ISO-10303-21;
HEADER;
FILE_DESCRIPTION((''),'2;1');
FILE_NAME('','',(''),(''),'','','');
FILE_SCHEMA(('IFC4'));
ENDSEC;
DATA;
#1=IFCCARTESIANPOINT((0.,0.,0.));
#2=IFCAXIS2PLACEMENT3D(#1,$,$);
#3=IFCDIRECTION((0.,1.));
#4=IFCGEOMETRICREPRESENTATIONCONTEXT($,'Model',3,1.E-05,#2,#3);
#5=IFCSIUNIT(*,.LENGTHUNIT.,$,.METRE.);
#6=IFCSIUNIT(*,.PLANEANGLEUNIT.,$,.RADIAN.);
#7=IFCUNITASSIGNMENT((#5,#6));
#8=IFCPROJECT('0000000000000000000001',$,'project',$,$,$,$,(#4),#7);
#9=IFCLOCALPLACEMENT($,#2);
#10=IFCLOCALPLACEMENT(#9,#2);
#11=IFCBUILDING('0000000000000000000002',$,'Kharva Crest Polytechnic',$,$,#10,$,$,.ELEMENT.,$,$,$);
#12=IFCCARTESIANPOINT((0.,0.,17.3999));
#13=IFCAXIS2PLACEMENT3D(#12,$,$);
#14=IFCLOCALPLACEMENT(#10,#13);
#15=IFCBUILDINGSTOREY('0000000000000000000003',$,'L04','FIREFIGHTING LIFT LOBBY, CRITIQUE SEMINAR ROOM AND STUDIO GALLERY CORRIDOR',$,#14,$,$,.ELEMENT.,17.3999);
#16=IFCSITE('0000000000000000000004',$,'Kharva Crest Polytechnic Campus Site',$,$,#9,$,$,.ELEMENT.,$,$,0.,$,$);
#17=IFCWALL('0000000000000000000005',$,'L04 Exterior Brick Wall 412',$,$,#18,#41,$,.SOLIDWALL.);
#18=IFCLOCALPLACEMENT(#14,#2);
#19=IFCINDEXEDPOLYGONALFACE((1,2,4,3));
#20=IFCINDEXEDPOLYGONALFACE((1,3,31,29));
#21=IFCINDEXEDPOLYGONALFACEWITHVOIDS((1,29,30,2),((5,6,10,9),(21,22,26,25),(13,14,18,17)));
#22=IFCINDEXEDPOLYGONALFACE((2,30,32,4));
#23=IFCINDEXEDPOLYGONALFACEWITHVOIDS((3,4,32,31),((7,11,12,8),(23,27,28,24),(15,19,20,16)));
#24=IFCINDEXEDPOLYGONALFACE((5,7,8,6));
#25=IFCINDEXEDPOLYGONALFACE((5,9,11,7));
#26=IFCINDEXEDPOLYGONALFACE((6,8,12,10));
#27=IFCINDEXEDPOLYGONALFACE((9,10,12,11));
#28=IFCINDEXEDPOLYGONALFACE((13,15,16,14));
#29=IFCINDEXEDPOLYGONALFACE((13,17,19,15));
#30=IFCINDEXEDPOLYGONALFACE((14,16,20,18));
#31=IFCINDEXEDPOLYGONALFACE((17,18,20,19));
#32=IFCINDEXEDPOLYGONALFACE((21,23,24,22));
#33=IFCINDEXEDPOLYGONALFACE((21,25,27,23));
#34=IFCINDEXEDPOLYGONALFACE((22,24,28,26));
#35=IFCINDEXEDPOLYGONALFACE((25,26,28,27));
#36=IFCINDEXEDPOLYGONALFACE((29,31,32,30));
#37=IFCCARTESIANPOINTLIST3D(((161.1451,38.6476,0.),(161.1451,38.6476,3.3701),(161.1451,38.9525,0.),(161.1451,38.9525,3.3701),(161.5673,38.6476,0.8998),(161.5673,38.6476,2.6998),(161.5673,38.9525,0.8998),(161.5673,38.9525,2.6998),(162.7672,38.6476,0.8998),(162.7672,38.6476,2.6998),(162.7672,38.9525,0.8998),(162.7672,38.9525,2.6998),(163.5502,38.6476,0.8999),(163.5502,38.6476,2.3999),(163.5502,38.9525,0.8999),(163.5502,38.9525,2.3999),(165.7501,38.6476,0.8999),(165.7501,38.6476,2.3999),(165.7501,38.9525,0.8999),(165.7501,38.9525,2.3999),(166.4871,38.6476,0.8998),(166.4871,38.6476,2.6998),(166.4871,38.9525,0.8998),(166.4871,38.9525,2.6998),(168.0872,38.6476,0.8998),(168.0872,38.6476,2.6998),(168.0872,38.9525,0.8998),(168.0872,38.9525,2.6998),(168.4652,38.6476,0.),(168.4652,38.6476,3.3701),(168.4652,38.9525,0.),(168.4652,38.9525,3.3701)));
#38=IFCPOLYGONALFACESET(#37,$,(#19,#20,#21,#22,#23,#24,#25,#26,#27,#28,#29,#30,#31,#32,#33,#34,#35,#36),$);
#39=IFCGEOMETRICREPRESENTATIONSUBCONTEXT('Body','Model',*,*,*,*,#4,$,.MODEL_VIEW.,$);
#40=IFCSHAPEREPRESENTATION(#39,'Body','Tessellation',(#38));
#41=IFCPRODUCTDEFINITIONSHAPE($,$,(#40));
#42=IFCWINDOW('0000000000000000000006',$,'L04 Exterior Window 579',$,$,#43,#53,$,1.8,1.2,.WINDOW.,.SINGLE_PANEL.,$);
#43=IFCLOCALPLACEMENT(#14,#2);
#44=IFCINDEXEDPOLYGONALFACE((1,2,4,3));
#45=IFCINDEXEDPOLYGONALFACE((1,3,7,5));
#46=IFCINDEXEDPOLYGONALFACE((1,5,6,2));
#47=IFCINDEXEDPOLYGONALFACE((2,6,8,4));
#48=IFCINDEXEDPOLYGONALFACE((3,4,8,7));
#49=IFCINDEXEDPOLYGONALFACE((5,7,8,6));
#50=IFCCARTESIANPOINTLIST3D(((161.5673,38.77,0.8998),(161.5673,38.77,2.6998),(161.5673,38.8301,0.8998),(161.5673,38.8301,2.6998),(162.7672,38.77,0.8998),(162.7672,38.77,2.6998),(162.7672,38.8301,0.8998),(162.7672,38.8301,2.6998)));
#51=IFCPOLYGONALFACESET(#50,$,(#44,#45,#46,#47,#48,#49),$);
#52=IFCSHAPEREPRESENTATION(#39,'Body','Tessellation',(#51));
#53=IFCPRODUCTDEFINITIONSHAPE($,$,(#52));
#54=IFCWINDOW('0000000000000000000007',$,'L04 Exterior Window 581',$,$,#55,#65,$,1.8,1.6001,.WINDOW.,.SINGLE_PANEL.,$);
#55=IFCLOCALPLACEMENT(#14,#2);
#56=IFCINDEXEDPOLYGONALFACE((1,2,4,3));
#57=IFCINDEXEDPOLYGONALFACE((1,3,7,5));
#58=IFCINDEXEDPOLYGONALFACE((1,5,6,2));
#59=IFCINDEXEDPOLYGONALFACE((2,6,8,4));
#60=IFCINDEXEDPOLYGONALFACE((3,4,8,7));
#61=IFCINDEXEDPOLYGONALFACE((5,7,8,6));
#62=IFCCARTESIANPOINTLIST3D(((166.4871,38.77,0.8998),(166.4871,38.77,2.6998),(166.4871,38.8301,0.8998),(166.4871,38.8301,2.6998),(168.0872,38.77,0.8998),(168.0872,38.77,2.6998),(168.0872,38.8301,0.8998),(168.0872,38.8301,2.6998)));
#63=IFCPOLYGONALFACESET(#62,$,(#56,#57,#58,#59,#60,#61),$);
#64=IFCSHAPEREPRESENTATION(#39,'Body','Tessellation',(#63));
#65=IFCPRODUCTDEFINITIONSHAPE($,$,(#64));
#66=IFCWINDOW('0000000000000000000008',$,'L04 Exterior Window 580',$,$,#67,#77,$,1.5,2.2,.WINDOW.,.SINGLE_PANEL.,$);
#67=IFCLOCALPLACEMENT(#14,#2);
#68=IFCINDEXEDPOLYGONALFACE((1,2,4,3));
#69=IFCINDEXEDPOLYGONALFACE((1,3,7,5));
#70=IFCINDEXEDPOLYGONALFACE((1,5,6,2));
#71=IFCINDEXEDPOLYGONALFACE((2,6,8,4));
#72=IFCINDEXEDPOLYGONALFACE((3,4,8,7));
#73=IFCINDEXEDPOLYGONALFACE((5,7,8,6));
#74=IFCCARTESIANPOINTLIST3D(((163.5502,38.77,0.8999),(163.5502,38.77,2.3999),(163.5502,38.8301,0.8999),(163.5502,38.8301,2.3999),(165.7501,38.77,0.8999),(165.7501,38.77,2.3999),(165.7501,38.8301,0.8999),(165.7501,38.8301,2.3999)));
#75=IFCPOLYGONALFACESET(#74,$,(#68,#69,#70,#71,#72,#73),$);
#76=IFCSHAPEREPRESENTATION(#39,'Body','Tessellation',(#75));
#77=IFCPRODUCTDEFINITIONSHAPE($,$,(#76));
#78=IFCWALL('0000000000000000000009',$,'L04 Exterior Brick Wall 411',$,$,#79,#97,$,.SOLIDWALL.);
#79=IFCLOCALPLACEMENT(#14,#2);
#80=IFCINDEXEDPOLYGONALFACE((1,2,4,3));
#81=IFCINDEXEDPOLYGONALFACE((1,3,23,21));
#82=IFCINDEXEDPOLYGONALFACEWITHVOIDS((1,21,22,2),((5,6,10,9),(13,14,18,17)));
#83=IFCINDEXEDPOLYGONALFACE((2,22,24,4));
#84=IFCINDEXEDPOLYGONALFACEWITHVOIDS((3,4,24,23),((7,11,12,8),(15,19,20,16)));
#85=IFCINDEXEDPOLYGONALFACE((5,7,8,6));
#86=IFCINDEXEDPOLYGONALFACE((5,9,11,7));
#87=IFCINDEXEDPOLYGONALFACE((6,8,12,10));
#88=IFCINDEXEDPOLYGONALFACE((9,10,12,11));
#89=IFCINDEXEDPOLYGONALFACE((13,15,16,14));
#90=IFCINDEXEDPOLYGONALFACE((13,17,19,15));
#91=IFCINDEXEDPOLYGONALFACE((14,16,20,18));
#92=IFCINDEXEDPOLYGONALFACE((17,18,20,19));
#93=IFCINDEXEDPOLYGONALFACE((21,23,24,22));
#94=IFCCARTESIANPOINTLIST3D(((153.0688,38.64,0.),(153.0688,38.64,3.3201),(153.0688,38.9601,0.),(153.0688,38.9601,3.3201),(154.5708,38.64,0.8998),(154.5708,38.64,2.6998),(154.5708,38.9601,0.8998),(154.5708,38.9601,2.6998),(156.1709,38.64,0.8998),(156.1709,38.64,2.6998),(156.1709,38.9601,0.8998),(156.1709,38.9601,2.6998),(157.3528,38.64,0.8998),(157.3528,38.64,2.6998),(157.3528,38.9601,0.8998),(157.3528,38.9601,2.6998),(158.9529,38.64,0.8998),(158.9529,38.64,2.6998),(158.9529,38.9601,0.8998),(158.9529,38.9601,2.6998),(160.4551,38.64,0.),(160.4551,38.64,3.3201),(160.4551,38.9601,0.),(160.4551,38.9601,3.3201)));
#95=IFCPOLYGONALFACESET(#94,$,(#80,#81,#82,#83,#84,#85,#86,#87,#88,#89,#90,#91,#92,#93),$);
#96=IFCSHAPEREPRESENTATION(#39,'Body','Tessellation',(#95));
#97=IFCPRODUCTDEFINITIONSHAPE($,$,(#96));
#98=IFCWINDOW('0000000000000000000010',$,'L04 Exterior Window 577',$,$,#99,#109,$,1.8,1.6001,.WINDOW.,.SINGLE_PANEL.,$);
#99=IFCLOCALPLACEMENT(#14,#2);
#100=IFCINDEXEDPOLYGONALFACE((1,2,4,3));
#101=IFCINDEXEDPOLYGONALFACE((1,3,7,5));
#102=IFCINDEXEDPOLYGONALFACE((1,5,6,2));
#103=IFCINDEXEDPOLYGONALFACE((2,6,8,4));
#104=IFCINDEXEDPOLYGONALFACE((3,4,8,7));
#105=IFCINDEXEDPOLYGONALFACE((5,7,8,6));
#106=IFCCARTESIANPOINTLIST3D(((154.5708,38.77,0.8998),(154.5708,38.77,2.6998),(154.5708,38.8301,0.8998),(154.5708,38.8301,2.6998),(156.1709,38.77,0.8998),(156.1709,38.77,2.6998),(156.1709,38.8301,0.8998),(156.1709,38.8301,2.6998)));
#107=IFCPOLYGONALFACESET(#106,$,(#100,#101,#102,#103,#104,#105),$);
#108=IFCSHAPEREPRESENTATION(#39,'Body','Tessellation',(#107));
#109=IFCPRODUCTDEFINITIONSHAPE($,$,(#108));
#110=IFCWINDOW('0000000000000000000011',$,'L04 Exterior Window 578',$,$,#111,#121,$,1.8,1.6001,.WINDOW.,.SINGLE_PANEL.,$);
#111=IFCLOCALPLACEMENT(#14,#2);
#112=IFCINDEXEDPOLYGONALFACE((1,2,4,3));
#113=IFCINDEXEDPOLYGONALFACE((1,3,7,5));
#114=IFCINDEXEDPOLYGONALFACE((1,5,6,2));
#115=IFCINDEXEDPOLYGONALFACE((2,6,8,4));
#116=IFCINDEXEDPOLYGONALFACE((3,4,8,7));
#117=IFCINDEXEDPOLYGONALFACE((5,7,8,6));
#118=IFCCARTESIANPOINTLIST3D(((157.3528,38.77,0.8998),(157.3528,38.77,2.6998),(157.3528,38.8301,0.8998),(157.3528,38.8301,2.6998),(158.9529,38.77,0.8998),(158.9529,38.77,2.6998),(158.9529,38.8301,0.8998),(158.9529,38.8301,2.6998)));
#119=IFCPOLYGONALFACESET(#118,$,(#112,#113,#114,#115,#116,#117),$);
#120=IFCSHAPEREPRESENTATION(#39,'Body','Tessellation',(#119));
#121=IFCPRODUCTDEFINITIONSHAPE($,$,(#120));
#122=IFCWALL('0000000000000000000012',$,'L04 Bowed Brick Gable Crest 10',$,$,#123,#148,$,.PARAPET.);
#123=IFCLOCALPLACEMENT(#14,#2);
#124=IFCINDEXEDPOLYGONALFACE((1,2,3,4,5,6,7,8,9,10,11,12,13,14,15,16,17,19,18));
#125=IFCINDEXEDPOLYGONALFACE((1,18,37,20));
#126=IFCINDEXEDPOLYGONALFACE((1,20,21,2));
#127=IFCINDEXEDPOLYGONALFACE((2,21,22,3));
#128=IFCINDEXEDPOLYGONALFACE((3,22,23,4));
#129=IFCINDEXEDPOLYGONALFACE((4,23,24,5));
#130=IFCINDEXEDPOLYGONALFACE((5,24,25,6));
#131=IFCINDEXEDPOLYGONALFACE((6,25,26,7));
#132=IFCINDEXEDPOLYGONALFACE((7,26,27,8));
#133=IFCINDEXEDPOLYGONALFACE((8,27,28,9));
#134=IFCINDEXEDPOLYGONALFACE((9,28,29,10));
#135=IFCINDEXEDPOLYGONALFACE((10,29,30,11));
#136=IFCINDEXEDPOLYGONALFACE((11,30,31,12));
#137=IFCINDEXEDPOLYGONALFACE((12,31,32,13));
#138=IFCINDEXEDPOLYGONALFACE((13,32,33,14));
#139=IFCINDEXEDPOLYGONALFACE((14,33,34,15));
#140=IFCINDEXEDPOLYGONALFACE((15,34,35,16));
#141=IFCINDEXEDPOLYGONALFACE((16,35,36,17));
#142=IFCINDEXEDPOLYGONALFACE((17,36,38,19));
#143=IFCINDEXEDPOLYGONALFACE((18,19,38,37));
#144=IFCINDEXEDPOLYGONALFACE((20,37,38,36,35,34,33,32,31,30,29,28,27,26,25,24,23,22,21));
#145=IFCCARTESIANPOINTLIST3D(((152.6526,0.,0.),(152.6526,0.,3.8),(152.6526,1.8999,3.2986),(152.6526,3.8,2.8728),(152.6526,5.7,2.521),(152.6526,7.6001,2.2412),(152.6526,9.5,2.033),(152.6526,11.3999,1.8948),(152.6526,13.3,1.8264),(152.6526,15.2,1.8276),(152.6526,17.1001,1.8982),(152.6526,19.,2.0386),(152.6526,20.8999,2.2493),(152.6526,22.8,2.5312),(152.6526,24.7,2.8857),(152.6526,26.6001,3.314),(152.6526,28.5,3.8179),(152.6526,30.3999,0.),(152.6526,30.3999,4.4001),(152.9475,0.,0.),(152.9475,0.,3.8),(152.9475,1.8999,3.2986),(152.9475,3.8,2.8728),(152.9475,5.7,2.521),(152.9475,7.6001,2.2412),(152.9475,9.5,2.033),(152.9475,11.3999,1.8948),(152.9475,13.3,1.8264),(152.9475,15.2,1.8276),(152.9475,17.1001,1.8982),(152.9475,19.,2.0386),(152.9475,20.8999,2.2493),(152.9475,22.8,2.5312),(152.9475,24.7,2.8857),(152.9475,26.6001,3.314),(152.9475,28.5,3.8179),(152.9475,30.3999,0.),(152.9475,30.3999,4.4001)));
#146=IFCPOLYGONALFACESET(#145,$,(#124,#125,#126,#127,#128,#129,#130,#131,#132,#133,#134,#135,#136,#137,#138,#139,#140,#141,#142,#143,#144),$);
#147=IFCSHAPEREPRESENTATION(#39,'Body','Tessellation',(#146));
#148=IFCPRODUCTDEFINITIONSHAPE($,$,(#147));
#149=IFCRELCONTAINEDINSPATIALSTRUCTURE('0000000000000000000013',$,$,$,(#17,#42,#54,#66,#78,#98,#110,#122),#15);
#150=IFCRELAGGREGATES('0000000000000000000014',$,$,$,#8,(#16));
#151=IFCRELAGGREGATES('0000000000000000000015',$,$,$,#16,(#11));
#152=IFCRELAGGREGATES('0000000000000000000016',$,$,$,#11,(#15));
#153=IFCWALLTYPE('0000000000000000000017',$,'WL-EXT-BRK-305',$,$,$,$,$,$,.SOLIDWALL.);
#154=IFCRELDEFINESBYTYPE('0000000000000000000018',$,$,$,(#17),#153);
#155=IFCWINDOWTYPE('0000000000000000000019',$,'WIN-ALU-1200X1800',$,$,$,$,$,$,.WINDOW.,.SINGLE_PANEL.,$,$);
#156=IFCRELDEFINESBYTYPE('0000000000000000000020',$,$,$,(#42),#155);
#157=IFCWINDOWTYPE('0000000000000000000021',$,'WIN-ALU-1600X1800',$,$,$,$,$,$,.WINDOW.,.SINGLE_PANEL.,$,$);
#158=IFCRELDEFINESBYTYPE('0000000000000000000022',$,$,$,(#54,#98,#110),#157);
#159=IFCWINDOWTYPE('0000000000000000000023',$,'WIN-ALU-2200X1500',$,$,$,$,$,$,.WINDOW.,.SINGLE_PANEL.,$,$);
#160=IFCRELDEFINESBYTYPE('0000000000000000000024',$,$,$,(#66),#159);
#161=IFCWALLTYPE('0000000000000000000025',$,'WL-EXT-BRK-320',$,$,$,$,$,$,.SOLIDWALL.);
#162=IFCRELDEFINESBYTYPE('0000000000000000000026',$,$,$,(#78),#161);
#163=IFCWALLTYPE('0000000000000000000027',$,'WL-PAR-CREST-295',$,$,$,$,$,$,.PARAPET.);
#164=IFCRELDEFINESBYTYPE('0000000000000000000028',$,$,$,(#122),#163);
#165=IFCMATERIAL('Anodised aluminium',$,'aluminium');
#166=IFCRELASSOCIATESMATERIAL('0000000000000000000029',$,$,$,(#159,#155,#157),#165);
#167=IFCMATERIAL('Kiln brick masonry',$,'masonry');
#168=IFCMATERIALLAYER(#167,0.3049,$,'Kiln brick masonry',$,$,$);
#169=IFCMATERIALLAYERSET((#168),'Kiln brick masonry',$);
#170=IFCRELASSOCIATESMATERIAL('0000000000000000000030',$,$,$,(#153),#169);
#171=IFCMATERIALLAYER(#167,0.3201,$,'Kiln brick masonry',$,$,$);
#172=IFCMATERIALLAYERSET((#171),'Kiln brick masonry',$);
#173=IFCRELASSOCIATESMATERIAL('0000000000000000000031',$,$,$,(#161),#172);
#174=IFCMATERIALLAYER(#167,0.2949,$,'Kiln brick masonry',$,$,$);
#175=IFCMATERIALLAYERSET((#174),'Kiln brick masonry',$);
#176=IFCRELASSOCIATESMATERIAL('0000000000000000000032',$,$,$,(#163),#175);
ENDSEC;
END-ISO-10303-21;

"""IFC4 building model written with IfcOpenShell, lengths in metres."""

from ifc_helpers import new_model, si_unit, direction, frame, frame_2d, origin, place, context, subcontext, project, spatial, polyline, rectangle, outline, extrude, material, layer, layer_set, type_object, element, fill, save


model = new_model("IFC4")

# Units and contexts
model_context = context("Model", 3, precision=1e-05, world=origin(), true_north=direction((0.0, 1.0)))
body_context = subcontext(model_context, "Body", "Model", "MODEL_VIEW")
ifc_project = project(units=[si_unit("LENGTHUNIT", "METRE"), si_unit("PLANEANGLEUNIT", "RADIAN")], contexts=[model_context])

# Site, building, storey
site_placement = place(None, origin())
site = spatial("IfcSite", under=ifc_project, at=site_placement, Name="Kharva Crest Polytechnic Campus Site", CompositionType="ELEMENT", RefElevation=0.0)
building_placement = place(site_placement, origin())
building = spatial("IfcBuilding", under=site, at=building_placement, Name="Kharva Crest Polytechnic", CompositionType="ELEMENT")
storey_placement = place(building_placement, frame((0.0, 0.0, 17.3999)))
storey = spatial("IfcBuildingStorey", under=building, at=storey_placement, Name="L04", Description="FIREFIGHTING LIFT LOBBY, CRITIQUE SEMINAR ROOM AND STUDIO GALLERY CORRIDOR", CompositionType="ELEMENT", Elevation=17.3999)

# Walls, openings, windows
ifc_material_1 = material(Name="Kiln brick masonry", Category="masonry")
ifc_material_2 = material(Name="Anodised aluminium", Category="aluminium")
window_type_1 = type_object("IfcWindowType", Name="WIN-ALU-2200X1500", PartitioningType="SINGLE_PANEL", PredefinedType="WINDOW", material=ifc_material_2)
ifc_layer_1 = layer(ifc_material_1, 0.3049, Name="Kiln brick masonry")
ifc_layer_set_1 = layer_set([ifc_layer_1], Name="Kiln brick masonry")
wall_type_1 = type_object("IfcWallType", Name="WL-EXT-BRK-305", PredefinedType="SOLIDWALL", material=ifc_layer_set_1)
wall_1_placement = place(storey_placement, frame((161.145, 38.8, 0.0), z_axis=(0.0, 0.0, 1.0), x_axis=(1.0, 0.0, 0.0)))
wall_1 = element("IfcWall", 1, at=wall_1_placement, inside=storey, type_object=wall_type_1, Name="L04 Exterior Brick Wall 412", PredefinedType="SOLIDWALL", context=body_context, shape_type="SweptSolid", body=[
    extrude(rectangle(XDim=7.3201, YDim=0.3049, at=frame_2d((3.6602, 0.0))), origin(), (0.0, 0.0, 1.0), 3.3701),
])
opening_1_placement = place(wall_1_placement, frame((0.4221, 0.0, 0.8999)))
opening_1 = element("IfcOpeningElement", 2, at=opening_1_placement, cuts=wall_1, PredefinedType="OPENING", context=body_context, shape_type="SweptSolid", body=[
    extrude(rectangle(XDim=1.2, YDim=1.8, at=frame_2d((0.6001, 0.8999))), frame((0.0, 0.1624, 0.0), z_axis=(0.0, -1.0, 0.0), x_axis=(1.0, 0.0, 0.0)), (0.0, 0.0, 1.0), 0.325),
])
opening_2_placement = place(wall_1_placement, frame((2.405, 0.0, 0.8999)))
opening_2 = element("IfcOpeningElement", 3, at=opening_2_placement, cuts=wall_1, PredefinedType="OPENING", context=body_context, shape_type="SweptSolid", body=[
    extrude(rectangle(XDim=2.2, YDim=1.5, at=frame_2d((1.1001, 0.75))), frame((0.0, 0.1624, 0.0), z_axis=(0.0, -1.0, 0.0), x_axis=(1.0, 0.0, 0.0)), (0.0, 0.0, 1.0), 0.325),
])
opening_3_placement = place(wall_1_placement, frame((5.342, 0.0, 0.8999)))
opening_3 = element("IfcOpeningElement", 4, at=opening_3_placement, cuts=wall_1, PredefinedType="OPENING", context=body_context, shape_type="SweptSolid", body=[
    extrude(rectangle(XDim=1.6001, YDim=1.8, at=frame_2d((0.8, 0.8999))), frame((0.0, 0.1624, 0.0), z_axis=(0.0, -1.0, 0.0), x_axis=(1.0, 0.0, 0.0)), (0.0, 0.0, 1.0), 0.325),
])
window_type_2 = type_object("IfcWindowType", Name="WIN-ALU-1200X1800", PartitioningType="SINGLE_PANEL", PredefinedType="WINDOW", material=ifc_material_2)
window_1_placement = place(opening_1_placement, origin())
window_1 = element("IfcWindow", 5, at=window_1_placement, inside=storey, type_object=window_type_2, Name="L04 Exterior Window 579", OverallHeight=1.8, OverallWidth=1.2, PartitioningType="SINGLE_PANEL", PredefinedType="WINDOW", context=body_context, shape_type="SweptSolid", body=[
    extrude(rectangle(XDim=1.2, YDim=1.8, at=frame_2d((0.6001, 0.8999))), frame((0.0, 0.03, 0.0), z_axis=(0.0, -1.0, 0.0), x_axis=(1.0, 0.0, 0.0)), (0.0, 0.0, 1.0), 0.0601),
])
fill(opening_1, window_1)
window_type_3 = type_object("IfcWindowType", Name="WIN-ALU-1600X1800", PartitioningType="SINGLE_PANEL", PredefinedType="WINDOW", material=ifc_material_2)
window_2_placement = place(opening_3_placement, origin())
window_2 = element("IfcWindow", 6, at=window_2_placement, inside=storey, type_object=window_type_3, Name="L04 Exterior Window 581", OverallHeight=1.8, OverallWidth=1.6001, PartitioningType="SINGLE_PANEL", PredefinedType="WINDOW", context=body_context, shape_type="SweptSolid", body=[
    extrude(rectangle(XDim=1.6001, YDim=1.8, at=frame_2d((0.8, 0.8999))), frame((0.0, 0.03, 0.0), z_axis=(0.0, -1.0, 0.0), x_axis=(1.0, 0.0, 0.0)), (0.0, 0.0, 1.0), 0.0601),
])
fill(opening_3, window_2)
window_3_placement = place(opening_2_placement, origin())
window_3 = element("IfcWindow", 7, at=window_3_placement, inside=storey, type_object=window_type_1, Name="L04 Exterior Window 580", OverallHeight=1.5, OverallWidth=2.2, PartitioningType="SINGLE_PANEL", PredefinedType="WINDOW", context=body_context, shape_type="SweptSolid", body=[
    extrude(rectangle(XDim=2.2, YDim=1.5, at=frame_2d((1.1001, 0.75))), frame((0.0, 0.03, 0.0), z_axis=(0.0, -1.0, 0.0), x_axis=(1.0, 0.0, 0.0)), (0.0, 0.0, 1.0), 0.0601),
])
fill(opening_2, window_3)
ifc_layer_2 = layer(ifc_material_1, 0.3201, Name="Kiln brick masonry")
ifc_layer_set_2 = layer_set([ifc_layer_2], Name="Kiln brick masonry")
wall_type_2 = type_object("IfcWallType", Name="WL-EXT-BRK-320", PredefinedType="SOLIDWALL", material=ifc_layer_set_2)
wall_2_placement = place(storey_placement, frame((153.0688, 38.8, 0.0), z_axis=(0.0, 0.0, 1.0), x_axis=(1.0, 0.0, 0.0)))
wall_2 = element("IfcWall", 8, at=wall_2_placement, inside=storey, type_object=wall_type_2, Name="L04 Exterior Brick Wall 411", PredefinedType="SOLIDWALL", context=body_context, shape_type="SweptSolid", body=[
    extrude(rectangle(XDim=7.3862, YDim=0.3201, at=frame_2d((3.6931, 0.0))), origin(), (0.0, 0.0, 1.0), 3.3201),
])
opening_4_placement = place(wall_2_placement, frame((1.502, 0.0, 0.8999)))
opening_4 = element("IfcOpeningElement", 9, at=opening_4_placement, cuts=wall_2, PredefinedType="OPENING", context=body_context, shape_type="SweptSolid", body=[
    extrude(rectangle(XDim=1.6001, YDim=1.8, at=frame_2d((0.8, 0.8999))), frame((0.0, 0.1699, 0.0), z_axis=(0.0, -1.0, 0.0), x_axis=(1.0, 0.0, 0.0)), (0.0, 0.0, 1.0), 0.3401),
])
opening_5_placement = place(wall_2_placement, frame((4.2839, 0.0, 0.8999)))
opening_5 = element("IfcOpeningElement", 10, at=opening_5_placement, cuts=wall_2, PredefinedType="OPENING", context=body_context, shape_type="SweptSolid", body=[
    extrude(rectangle(XDim=1.6001, YDim=1.8, at=frame_2d((0.8, 0.8999))), frame((0.0, 0.1699, 0.0), z_axis=(0.0, -1.0, 0.0), x_axis=(1.0, 0.0, 0.0)), (0.0, 0.0, 1.0), 0.3401),
])
window_4_placement = place(opening_4_placement, origin())
window_4 = element("IfcWindow", 11, at=window_4_placement, inside=storey, type_object=window_type_3, Name="L04 Exterior Window 577", OverallHeight=1.8, OverallWidth=1.6001, PartitioningType="SINGLE_PANEL", PredefinedType="WINDOW", context=body_context, shape_type="SweptSolid", body=[
    extrude(rectangle(XDim=1.6001, YDim=1.8, at=frame_2d((0.8, 0.8999))), frame((0.0, 0.03, 0.0), z_axis=(0.0, -1.0, 0.0), x_axis=(1.0, 0.0, 0.0)), (0.0, 0.0, 1.0), 0.0601),
])
fill(opening_4, window_4)
window_5_placement = place(opening_5_placement, origin())
window_5 = element("IfcWindow", 12, at=window_5_placement, inside=storey, type_object=window_type_3, Name="L04 Exterior Window 578", OverallHeight=1.8, OverallWidth=1.6001, PartitioningType="SINGLE_PANEL", PredefinedType="WINDOW", context=body_context, shape_type="SweptSolid", body=[
    extrude(rectangle(XDim=1.6001, YDim=1.8, at=frame_2d((0.8, 0.8999))), frame((0.0, 0.03, 0.0), z_axis=(0.0, -1.0, 0.0), x_axis=(1.0, 0.0, 0.0)), (0.0, 0.0, 1.0), 0.0601),
])
fill(opening_5, window_5)

# Wall
ifc_layer_3 = layer(ifc_material_1, 0.2949, Name="Kiln brick masonry")
ifc_layer_set_3 = layer_set([ifc_layer_3], Name="Kiln brick masonry")
wall_type_3 = type_object("IfcWallType", Name="WL-PAR-CREST-295", PredefinedType="PARAPET", material=ifc_layer_set_3)
wall_3_placement = place(storey_placement, frame((152.8, 0.0, 0.0), z_axis=(0.0, 0.0, 1.0), x_axis=(0.0, 1.0, 0.0)))
element("IfcWall", 13, at=wall_3_placement, inside=storey, type_object=wall_type_3, Name="L04 Bowed Brick Gable Crest 10", PredefinedType="PARAPET", context=body_context, shape_type="SweptSolid", body=[
    extrude(outline(polyline([(0.0, 0.0), (30.3999, 0.0), (30.3999, 4.4001), (28.5, 3.8179), (26.6001, 3.314), (24.7, 2.8857), (22.8, 2.5312), (20.8999, 2.2493), (19.0, 2.0386), (17.1001, 1.8982), (15.2, 1.8276), (13.3, 1.8264), (11.3999, 1.8948), (9.5, 2.033), (7.6001, 2.2412), (5.7, 2.521), (3.8, 2.8728), (1.8999, 3.2986), (0.0, 3.8), (0.0, 0.0)])), frame((0.0, 0.1475, 0.0), z_axis=(0.0, -1.0, 0.0), x_axis=(1.0, 0.0, 0.0)), (0.0, 0.0, 1.0), 0.2949),
])

save(model, "model.ifc")
